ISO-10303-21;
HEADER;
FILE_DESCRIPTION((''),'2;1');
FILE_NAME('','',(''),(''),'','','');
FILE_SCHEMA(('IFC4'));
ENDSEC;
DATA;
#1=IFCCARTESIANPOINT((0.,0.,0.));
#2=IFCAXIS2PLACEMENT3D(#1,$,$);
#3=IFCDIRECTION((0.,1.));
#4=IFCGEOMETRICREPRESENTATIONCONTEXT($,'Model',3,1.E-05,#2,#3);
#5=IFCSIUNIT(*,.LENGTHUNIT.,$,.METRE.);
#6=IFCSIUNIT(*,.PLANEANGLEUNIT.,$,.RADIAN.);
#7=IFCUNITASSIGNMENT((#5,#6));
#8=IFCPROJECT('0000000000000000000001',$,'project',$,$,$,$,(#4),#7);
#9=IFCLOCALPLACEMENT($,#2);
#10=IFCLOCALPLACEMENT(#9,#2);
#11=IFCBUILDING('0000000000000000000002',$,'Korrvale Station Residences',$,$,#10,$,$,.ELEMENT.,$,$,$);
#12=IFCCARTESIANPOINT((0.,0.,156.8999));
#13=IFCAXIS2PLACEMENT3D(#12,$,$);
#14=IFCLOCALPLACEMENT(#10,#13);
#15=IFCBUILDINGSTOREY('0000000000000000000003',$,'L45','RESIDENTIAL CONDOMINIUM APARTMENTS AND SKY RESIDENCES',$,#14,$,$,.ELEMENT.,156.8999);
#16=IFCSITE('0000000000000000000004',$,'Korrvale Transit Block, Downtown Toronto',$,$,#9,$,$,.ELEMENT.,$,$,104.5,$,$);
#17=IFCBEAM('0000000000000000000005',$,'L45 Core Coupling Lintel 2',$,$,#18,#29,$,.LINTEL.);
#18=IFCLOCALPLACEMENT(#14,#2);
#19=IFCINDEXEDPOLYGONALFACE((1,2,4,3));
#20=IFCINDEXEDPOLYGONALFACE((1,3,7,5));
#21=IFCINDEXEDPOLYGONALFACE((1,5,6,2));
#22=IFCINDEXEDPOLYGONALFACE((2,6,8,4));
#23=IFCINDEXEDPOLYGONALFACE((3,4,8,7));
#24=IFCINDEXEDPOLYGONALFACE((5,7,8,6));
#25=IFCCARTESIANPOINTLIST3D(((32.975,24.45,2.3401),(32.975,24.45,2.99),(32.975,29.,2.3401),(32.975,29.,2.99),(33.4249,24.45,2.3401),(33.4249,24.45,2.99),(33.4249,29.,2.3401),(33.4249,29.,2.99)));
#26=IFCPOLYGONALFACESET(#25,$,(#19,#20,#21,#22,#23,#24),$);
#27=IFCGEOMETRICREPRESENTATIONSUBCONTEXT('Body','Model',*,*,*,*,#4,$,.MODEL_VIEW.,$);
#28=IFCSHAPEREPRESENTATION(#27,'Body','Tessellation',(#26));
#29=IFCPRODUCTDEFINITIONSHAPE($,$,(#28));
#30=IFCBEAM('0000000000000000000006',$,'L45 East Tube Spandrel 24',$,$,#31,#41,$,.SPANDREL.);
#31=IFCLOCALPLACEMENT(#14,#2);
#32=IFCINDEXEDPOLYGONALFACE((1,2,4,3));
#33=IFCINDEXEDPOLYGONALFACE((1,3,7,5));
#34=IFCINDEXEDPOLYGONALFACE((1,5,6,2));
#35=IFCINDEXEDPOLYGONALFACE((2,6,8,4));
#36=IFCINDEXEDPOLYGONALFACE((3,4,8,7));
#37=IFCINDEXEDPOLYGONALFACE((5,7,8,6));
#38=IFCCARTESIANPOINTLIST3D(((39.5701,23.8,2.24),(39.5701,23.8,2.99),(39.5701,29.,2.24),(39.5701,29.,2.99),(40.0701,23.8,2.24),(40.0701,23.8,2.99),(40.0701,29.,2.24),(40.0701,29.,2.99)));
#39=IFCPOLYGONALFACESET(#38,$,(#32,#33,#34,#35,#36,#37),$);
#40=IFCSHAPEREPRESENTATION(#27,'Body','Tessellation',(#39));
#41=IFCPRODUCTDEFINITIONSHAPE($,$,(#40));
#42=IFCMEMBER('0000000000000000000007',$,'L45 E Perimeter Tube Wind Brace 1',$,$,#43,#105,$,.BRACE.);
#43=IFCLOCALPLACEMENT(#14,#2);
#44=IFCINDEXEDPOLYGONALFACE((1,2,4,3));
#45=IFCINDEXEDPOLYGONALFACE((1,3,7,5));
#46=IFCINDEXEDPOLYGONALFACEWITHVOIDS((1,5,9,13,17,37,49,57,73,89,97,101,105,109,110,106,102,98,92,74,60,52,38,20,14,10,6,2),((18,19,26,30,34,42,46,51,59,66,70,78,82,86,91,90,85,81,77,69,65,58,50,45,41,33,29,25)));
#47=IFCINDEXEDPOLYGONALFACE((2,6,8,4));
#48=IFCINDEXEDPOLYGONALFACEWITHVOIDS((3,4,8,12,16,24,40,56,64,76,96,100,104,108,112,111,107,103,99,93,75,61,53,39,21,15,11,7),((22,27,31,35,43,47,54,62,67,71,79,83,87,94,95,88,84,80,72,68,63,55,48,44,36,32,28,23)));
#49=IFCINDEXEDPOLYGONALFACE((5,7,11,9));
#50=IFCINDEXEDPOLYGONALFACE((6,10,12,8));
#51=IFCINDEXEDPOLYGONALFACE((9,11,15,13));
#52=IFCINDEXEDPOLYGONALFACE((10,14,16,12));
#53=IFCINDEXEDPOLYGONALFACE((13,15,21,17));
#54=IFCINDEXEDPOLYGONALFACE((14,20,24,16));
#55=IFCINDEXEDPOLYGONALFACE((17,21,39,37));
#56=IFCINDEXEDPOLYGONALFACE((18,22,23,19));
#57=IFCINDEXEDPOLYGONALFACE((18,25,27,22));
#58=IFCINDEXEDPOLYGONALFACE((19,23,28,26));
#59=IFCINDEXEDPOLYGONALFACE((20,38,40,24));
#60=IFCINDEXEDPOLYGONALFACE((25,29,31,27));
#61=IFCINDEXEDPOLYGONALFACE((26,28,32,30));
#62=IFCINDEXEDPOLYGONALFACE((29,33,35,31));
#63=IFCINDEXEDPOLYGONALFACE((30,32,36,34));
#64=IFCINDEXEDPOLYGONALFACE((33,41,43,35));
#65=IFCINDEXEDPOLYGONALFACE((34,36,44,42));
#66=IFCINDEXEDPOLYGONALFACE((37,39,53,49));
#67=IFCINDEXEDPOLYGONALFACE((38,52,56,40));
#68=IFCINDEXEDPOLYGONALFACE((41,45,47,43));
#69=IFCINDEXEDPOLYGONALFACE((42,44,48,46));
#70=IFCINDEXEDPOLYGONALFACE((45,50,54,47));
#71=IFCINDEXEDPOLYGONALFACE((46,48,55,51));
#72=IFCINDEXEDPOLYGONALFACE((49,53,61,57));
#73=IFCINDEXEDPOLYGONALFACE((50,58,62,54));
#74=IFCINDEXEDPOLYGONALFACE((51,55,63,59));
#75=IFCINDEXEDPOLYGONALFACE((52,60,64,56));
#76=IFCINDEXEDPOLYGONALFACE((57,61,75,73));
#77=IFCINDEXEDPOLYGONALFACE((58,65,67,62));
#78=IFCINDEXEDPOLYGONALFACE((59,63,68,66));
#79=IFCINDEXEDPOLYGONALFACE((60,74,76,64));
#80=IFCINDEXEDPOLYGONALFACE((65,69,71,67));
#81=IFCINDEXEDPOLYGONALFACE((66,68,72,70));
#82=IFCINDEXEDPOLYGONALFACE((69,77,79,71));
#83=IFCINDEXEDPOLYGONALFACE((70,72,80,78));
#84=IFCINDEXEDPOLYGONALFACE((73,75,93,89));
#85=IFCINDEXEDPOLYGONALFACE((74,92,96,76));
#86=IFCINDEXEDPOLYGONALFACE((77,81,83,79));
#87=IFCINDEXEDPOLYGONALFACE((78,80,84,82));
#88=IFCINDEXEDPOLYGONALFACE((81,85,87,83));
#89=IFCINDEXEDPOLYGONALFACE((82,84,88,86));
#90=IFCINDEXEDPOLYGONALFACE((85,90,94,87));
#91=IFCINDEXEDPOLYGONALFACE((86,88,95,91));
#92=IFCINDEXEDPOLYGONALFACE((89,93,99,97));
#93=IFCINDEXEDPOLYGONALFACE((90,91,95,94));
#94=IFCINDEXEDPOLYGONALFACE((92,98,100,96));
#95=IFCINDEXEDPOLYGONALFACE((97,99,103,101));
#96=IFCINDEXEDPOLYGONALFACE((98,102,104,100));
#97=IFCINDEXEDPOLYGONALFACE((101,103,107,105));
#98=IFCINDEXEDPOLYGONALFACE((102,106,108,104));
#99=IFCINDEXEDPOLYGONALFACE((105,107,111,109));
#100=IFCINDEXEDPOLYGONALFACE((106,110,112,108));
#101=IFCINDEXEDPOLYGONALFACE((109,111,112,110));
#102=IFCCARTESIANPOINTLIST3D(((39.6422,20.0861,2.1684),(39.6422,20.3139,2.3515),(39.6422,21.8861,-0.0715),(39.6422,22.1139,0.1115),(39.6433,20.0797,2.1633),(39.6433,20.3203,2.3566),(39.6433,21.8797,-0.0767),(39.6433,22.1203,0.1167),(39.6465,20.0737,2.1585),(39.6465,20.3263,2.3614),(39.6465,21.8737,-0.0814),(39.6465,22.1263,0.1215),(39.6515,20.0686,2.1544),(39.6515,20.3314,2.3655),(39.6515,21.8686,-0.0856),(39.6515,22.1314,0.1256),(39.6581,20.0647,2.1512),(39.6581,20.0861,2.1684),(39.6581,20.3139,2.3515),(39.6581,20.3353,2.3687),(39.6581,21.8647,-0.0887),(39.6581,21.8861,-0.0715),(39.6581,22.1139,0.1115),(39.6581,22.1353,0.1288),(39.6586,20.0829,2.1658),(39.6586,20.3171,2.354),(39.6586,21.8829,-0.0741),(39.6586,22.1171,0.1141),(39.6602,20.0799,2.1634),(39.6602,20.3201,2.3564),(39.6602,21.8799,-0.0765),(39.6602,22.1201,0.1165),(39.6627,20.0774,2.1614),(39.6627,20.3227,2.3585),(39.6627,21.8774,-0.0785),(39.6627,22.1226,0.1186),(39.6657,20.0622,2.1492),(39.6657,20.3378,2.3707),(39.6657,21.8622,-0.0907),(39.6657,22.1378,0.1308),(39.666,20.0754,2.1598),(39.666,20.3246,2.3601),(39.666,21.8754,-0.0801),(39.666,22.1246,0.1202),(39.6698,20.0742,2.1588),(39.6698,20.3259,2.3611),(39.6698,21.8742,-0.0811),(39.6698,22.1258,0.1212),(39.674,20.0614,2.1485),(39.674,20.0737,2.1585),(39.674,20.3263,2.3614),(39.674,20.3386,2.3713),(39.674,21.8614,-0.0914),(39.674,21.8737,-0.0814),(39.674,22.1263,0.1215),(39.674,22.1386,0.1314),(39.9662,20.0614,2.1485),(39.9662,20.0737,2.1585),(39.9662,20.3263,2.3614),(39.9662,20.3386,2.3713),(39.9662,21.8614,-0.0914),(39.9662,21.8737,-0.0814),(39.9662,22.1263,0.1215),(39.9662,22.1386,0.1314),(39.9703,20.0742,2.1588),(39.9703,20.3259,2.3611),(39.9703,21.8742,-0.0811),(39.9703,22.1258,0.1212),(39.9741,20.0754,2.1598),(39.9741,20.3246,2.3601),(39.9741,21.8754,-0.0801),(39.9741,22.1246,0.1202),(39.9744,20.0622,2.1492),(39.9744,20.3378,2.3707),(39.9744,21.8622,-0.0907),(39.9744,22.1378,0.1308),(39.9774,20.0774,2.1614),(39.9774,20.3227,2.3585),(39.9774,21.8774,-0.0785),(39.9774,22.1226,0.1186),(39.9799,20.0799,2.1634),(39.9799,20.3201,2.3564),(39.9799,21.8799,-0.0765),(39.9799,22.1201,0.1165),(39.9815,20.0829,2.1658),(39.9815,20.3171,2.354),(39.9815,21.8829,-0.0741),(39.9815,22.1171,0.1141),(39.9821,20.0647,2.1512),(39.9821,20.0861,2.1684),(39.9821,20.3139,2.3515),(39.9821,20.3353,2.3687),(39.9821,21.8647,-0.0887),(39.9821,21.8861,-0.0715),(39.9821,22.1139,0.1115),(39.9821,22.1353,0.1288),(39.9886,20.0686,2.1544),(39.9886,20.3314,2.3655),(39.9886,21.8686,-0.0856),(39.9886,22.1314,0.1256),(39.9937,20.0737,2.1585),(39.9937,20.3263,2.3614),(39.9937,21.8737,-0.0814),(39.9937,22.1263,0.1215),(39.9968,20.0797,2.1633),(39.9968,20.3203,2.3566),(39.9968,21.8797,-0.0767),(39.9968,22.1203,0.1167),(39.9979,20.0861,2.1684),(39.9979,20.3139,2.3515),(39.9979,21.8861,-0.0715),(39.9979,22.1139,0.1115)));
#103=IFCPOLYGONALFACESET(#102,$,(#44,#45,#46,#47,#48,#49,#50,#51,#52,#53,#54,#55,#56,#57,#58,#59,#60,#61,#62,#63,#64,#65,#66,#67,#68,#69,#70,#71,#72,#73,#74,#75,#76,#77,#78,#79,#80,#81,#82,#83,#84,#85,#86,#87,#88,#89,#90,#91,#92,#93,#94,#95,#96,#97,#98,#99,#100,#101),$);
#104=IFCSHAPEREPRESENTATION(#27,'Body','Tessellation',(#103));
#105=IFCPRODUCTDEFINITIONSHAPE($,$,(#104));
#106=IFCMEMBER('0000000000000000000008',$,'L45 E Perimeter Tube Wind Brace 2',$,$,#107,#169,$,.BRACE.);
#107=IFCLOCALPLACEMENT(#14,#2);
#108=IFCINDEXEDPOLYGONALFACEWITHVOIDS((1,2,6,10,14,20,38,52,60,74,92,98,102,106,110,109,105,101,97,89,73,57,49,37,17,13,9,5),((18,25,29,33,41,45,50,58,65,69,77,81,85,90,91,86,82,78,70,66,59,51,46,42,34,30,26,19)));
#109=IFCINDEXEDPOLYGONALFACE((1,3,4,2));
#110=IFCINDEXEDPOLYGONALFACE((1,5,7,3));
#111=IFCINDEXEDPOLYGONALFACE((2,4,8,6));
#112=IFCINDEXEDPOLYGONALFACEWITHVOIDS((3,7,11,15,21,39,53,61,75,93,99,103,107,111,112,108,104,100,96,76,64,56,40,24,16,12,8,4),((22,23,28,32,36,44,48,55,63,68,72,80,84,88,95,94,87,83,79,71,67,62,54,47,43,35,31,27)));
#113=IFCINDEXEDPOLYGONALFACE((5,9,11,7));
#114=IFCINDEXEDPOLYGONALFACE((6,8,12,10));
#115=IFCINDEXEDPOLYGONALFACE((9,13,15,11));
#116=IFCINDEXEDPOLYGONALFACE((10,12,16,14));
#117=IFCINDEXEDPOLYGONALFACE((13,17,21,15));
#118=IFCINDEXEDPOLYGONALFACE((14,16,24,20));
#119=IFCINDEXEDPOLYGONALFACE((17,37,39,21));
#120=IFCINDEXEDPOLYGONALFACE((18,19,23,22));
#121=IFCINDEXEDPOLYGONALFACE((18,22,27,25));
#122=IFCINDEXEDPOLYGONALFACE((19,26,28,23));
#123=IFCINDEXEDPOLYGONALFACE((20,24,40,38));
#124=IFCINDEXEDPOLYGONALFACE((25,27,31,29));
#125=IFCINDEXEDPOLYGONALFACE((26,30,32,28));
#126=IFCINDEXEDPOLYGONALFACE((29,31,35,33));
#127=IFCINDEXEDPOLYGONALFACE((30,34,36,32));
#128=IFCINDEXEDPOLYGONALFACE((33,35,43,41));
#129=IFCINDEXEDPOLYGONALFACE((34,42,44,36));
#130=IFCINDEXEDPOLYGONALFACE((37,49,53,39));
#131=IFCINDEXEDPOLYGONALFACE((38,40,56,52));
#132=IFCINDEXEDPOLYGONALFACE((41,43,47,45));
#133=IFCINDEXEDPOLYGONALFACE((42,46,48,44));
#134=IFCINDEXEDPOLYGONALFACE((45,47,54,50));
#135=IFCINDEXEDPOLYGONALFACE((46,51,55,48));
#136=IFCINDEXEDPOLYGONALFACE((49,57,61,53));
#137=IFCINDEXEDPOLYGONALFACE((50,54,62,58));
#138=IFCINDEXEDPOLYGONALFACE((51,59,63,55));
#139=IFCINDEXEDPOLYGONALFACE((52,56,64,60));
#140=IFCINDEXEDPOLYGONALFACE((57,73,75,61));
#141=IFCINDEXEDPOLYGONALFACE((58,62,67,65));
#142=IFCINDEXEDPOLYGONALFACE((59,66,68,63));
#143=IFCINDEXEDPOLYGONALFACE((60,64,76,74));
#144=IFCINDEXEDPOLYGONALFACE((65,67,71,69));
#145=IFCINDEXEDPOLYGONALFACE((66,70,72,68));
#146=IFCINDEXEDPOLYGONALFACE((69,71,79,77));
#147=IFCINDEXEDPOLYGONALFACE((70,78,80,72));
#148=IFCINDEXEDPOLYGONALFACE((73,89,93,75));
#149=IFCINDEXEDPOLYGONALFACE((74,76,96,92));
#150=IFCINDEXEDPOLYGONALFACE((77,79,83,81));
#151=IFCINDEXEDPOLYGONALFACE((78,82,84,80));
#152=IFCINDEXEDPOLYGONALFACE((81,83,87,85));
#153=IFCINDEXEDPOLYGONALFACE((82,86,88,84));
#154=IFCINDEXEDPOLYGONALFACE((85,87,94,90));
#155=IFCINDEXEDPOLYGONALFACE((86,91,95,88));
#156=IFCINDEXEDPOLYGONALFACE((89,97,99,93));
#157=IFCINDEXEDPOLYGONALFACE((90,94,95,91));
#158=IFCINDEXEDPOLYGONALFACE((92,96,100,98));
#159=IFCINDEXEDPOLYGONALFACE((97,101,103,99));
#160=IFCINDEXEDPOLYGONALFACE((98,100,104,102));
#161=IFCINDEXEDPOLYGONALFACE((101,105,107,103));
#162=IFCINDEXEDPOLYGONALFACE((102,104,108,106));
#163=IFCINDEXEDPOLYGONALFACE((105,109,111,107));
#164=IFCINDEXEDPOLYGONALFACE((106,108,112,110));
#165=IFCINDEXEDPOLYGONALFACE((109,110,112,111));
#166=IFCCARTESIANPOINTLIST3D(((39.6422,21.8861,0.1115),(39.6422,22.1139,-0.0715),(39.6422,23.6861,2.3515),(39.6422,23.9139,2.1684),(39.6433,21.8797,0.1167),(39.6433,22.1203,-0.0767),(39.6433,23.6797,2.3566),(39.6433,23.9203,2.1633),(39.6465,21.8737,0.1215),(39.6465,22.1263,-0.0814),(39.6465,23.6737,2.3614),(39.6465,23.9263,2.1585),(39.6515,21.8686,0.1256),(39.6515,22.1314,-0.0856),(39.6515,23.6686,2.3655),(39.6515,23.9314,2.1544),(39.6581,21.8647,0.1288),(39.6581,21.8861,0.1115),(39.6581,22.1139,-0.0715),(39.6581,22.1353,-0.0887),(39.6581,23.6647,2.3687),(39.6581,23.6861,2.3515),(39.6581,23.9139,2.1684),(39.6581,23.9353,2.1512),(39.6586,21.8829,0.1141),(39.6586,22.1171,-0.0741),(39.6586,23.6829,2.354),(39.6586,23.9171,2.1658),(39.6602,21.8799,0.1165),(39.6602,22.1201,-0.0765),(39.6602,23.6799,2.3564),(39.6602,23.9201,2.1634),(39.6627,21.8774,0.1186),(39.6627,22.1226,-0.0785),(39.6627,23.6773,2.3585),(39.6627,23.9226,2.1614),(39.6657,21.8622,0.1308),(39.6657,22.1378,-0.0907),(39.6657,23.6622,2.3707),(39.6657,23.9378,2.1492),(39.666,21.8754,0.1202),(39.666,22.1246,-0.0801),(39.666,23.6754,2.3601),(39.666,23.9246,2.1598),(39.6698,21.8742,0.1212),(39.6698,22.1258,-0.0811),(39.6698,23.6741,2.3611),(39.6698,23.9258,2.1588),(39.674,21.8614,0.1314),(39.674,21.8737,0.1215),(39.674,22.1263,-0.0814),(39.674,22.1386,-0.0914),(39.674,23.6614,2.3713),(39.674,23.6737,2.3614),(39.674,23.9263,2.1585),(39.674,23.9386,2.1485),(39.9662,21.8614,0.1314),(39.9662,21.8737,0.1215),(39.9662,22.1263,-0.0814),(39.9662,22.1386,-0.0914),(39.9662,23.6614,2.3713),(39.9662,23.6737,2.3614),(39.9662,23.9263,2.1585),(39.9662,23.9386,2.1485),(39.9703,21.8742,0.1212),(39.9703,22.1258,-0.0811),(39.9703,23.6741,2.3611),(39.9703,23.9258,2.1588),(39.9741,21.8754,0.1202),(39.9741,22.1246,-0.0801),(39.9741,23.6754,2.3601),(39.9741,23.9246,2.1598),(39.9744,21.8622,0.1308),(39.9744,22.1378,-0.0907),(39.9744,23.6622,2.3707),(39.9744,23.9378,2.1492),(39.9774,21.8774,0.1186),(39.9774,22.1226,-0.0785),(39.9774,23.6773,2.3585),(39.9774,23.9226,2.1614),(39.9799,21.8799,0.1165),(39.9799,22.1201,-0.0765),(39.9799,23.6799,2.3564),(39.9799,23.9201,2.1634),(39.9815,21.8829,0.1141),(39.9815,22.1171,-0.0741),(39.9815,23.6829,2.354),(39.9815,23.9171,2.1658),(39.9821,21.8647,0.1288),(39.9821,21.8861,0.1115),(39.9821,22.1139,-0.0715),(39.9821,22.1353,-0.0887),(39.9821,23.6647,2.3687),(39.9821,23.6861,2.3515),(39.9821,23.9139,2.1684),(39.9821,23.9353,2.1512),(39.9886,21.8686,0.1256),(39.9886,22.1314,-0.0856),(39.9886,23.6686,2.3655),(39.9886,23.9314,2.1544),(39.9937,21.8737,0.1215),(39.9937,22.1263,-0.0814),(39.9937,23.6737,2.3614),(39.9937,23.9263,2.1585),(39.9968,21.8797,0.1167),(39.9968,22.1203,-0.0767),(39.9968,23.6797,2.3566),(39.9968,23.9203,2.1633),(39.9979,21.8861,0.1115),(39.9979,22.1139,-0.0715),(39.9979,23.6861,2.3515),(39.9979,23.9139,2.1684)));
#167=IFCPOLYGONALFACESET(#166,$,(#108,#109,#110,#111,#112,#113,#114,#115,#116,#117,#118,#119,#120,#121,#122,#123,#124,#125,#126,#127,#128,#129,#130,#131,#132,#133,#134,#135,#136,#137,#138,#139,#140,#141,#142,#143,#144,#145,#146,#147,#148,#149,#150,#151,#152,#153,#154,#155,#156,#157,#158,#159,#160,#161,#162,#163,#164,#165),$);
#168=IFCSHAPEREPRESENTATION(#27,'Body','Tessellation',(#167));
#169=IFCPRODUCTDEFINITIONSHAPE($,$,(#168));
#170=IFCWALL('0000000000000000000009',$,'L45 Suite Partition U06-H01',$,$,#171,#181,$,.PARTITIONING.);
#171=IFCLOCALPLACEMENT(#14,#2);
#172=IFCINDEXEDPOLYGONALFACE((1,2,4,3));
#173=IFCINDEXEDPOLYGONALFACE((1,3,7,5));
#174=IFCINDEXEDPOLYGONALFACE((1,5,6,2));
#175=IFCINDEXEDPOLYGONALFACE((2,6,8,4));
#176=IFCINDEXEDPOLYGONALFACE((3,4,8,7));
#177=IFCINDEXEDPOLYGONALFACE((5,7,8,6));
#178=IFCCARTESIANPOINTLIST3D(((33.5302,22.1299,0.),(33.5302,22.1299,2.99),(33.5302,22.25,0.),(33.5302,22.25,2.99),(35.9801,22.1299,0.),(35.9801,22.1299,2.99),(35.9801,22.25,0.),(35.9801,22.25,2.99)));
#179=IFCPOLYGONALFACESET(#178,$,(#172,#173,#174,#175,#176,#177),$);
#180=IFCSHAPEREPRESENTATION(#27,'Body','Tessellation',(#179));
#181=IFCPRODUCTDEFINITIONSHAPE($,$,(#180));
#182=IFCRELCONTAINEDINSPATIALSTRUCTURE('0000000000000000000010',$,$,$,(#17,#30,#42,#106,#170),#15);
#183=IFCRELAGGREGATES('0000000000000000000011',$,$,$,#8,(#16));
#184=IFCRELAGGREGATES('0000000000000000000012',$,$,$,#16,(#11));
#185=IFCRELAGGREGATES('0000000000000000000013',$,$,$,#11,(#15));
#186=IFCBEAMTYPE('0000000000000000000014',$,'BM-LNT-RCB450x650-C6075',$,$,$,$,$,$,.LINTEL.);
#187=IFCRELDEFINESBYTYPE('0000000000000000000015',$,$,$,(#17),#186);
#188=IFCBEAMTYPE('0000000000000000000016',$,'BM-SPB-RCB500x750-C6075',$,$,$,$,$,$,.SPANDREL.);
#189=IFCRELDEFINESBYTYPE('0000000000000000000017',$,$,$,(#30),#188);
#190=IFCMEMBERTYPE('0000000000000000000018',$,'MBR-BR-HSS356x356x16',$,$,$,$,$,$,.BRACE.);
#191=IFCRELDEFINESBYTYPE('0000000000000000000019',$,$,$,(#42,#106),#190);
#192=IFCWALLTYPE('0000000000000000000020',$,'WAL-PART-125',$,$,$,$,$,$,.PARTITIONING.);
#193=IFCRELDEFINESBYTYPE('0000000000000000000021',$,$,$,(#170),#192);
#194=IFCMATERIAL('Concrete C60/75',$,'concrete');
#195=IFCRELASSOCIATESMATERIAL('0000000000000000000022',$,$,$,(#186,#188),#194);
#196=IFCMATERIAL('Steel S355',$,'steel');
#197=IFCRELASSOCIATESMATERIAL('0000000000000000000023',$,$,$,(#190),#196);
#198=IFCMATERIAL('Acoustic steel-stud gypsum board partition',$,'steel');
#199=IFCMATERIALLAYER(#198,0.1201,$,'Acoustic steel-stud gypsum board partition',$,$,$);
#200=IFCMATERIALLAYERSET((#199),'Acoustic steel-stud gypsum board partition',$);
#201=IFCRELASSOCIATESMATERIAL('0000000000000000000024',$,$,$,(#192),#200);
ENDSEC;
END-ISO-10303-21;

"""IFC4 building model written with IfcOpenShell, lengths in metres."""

from ifc_helpers import new_model, si_unit, direction, frame, frame_2d, origin, origin_2d, place, context, subcontext, project, spatial, rectangle, hollow_rectangle, extrude, material, layer, layer_set, material_profile, profile_set, type_object, element, save


model = new_model("IFC4")

# Units and contexts
model_context = context("Model", 3, precision=1e-05, world=origin(), true_north=direction((0.0, 1.0)))
body_context = subcontext(model_context, "Body", "Model", "MODEL_VIEW")
ifc_project = project(units=[si_unit("LENGTHUNIT", "METRE"), si_unit("PLANEANGLEUNIT", "RADIAN")], contexts=[model_context])

# Site, building, storey
site_placement = place(None, origin())
site = spatial("IfcSite", under=ifc_project, at=site_placement, Name="Korrvale Transit Block, Downtown Toronto", CompositionType="ELEMENT", RefElevation=104.5)
building_placement = place(site_placement, origin())
building = spatial("IfcBuilding", under=site, at=building_placement, Name="Korrvale Station Residences", CompositionType="ELEMENT")
storey_placement = place(building_placement, frame((0.0, 0.0, 156.8999)))
storey = spatial("IfcBuildingStorey", under=building, at=storey_placement, Name="L45", Description="RESIDENTIAL CONDOMINIUM APARTMENTS AND SKY RESIDENCES", CompositionType="ELEMENT", Elevation=156.8999)

# Shared definitions
ifc_material_1 = material(Name="Concrete C60/75", Category="concrete")

# Beams
ifc_material_2 = material(Name="Steel S355", Category="steel")
ifc_material_profile_1 = material_profile(ifc_material_1, rectangle(XDim=0.45, YDim=0.6499, at=origin_2d()), Name="RCB450x650")
ifc_profile_set_1 = profile_set([ifc_material_profile_1], Name="Concrete C60/75")
beam_type_1 = type_object("IfcBeamType", Name="BM-LNT-RCB450x650-C6075", PredefinedType="LINTEL", material=ifc_profile_set_1)
beam_1_placement = place(storey_placement, frame((33.2, 24.45, 2.665), z_axis=(0.0, 1.0, 0.0), x_axis=(-1.0, 0.0, 0.0)))
element("IfcBeam", 1, at=beam_1_placement, inside=storey, type_object=beam_type_1, Name="L45 Core Coupling Lintel 2", PredefinedType="LINTEL", context=body_context, shape_type="SweptSolid", body=[
    extrude(rectangle(XDim=0.45, YDim=0.6499, at=origin_2d()), origin(), (0.0, 0.0, 1.0), 4.55),
])
ifc_material_profile_2 = material_profile(ifc_material_1, rectangle(XDim=0.5, YDim=0.75, at=origin_2d()), Name="RCB500x750")
ifc_profile_set_2 = profile_set([ifc_material_profile_2], Name="Concrete C60/75")
beam_type_2 = type_object("IfcBeamType", Name="BM-SPB-RCB500x750-C6075", PredefinedType="SPANDREL", material=ifc_profile_set_2)
beam_2_placement = place(storey_placement, frame((39.8201, 23.8, 2.615), z_axis=(0.0, 1.0, 0.0), x_axis=(-1.0, 0.0, 0.0)))
element("IfcBeam", 2, at=beam_2_placement, inside=storey, type_object=beam_type_2, Name="L45 East Tube Spandrel 24", PredefinedType="SPANDREL", context=body_context, shape_type="SweptSolid", body=[
    extrude(rectangle(XDim=0.5, YDim=0.75, at=origin_2d()), origin(), (0.0, 0.0, 1.0), 5.2),
])

# Members
ifc_material_profile_3 = material_profile(ifc_material_2, hollow_rectangle(XDim=0.3557, YDim=0.3557, WallThickness=0.0159, InnerFilletRadius=0.0159, OuterFilletRadius=0.0317, at=origin_2d()), Name="HSS356x356x16")
ifc_profile_set_3 = profile_set([ifc_material_profile_3], Name="Steel S355")
member_type = type_object("IfcMemberType", Name="MBR-BR-HSS356x356x16", PredefinedType="BRACE", material=ifc_profile_set_3)
for number, where, z_axis, x_axis, name in (
    (3, (39.8201, 22.0, 0.02), (0.0, -0.626403, 0.779499), (1.0, 0.0, 0.0), "L45 E Perimeter Tube Wind Brace 1"),
    (4, (39.8201, 22.0, 0.02), (0.0, 0.626403, 0.779499), (-1.0, 0.0, 0.0), "L45 E Perimeter Tube Wind Brace 2"),
):
    element("IfcMember", number, at=place(storey_placement, frame(where, z_axis=z_axis, x_axis=x_axis)), inside=storey, type_object=member_type, Name=name, PredefinedType="BRACE", context=body_context, shape_type="SweptSolid", body=[
        extrude(hollow_rectangle(XDim=0.3557, YDim=0.3557, WallThickness=0.0159, InnerFilletRadius=0.0159, OuterFilletRadius=0.0317, at=origin_2d()), origin(), (0.0, 0.0, 1.0), 2.8735),
    ])

# Wall
ifc_material_3 = material(Name="Acoustic steel-stud gypsum board partition", Category="steel")
ifc_layer_1 = layer(ifc_material_3, 0.1201, Name="Acoustic steel-stud gypsum board partition")
ifc_layer_set_1 = layer_set([ifc_layer_1], Name="Acoustic steel-stud gypsum board partition")
wall_type_1 = type_object("IfcWallType", Name="WAL-PART-125", PredefinedType="PARTITIONING", material=ifc_layer_set_1)
wall_1_placement = place(storey_placement, frame((33.53, 22.1899, 0.0), z_axis=(0.0, 0.0, 1.0), x_axis=(1.0, 0.0, 0.0)))
element("IfcWall", 5, at=wall_1_placement, inside=storey, type_object=wall_type_1, Name="L45 Suite Partition U06-H01", PredefinedType="PARTITIONING", context=body_context, shape_type="SweptSolid", body=[
    extrude(rectangle(XDim=2.45, YDim=0.1201, at=frame_2d((1.2251, 0.0))), origin(), (0.0, 0.0, 1.0), 2.99),
])

save(model, "model.ifc")
